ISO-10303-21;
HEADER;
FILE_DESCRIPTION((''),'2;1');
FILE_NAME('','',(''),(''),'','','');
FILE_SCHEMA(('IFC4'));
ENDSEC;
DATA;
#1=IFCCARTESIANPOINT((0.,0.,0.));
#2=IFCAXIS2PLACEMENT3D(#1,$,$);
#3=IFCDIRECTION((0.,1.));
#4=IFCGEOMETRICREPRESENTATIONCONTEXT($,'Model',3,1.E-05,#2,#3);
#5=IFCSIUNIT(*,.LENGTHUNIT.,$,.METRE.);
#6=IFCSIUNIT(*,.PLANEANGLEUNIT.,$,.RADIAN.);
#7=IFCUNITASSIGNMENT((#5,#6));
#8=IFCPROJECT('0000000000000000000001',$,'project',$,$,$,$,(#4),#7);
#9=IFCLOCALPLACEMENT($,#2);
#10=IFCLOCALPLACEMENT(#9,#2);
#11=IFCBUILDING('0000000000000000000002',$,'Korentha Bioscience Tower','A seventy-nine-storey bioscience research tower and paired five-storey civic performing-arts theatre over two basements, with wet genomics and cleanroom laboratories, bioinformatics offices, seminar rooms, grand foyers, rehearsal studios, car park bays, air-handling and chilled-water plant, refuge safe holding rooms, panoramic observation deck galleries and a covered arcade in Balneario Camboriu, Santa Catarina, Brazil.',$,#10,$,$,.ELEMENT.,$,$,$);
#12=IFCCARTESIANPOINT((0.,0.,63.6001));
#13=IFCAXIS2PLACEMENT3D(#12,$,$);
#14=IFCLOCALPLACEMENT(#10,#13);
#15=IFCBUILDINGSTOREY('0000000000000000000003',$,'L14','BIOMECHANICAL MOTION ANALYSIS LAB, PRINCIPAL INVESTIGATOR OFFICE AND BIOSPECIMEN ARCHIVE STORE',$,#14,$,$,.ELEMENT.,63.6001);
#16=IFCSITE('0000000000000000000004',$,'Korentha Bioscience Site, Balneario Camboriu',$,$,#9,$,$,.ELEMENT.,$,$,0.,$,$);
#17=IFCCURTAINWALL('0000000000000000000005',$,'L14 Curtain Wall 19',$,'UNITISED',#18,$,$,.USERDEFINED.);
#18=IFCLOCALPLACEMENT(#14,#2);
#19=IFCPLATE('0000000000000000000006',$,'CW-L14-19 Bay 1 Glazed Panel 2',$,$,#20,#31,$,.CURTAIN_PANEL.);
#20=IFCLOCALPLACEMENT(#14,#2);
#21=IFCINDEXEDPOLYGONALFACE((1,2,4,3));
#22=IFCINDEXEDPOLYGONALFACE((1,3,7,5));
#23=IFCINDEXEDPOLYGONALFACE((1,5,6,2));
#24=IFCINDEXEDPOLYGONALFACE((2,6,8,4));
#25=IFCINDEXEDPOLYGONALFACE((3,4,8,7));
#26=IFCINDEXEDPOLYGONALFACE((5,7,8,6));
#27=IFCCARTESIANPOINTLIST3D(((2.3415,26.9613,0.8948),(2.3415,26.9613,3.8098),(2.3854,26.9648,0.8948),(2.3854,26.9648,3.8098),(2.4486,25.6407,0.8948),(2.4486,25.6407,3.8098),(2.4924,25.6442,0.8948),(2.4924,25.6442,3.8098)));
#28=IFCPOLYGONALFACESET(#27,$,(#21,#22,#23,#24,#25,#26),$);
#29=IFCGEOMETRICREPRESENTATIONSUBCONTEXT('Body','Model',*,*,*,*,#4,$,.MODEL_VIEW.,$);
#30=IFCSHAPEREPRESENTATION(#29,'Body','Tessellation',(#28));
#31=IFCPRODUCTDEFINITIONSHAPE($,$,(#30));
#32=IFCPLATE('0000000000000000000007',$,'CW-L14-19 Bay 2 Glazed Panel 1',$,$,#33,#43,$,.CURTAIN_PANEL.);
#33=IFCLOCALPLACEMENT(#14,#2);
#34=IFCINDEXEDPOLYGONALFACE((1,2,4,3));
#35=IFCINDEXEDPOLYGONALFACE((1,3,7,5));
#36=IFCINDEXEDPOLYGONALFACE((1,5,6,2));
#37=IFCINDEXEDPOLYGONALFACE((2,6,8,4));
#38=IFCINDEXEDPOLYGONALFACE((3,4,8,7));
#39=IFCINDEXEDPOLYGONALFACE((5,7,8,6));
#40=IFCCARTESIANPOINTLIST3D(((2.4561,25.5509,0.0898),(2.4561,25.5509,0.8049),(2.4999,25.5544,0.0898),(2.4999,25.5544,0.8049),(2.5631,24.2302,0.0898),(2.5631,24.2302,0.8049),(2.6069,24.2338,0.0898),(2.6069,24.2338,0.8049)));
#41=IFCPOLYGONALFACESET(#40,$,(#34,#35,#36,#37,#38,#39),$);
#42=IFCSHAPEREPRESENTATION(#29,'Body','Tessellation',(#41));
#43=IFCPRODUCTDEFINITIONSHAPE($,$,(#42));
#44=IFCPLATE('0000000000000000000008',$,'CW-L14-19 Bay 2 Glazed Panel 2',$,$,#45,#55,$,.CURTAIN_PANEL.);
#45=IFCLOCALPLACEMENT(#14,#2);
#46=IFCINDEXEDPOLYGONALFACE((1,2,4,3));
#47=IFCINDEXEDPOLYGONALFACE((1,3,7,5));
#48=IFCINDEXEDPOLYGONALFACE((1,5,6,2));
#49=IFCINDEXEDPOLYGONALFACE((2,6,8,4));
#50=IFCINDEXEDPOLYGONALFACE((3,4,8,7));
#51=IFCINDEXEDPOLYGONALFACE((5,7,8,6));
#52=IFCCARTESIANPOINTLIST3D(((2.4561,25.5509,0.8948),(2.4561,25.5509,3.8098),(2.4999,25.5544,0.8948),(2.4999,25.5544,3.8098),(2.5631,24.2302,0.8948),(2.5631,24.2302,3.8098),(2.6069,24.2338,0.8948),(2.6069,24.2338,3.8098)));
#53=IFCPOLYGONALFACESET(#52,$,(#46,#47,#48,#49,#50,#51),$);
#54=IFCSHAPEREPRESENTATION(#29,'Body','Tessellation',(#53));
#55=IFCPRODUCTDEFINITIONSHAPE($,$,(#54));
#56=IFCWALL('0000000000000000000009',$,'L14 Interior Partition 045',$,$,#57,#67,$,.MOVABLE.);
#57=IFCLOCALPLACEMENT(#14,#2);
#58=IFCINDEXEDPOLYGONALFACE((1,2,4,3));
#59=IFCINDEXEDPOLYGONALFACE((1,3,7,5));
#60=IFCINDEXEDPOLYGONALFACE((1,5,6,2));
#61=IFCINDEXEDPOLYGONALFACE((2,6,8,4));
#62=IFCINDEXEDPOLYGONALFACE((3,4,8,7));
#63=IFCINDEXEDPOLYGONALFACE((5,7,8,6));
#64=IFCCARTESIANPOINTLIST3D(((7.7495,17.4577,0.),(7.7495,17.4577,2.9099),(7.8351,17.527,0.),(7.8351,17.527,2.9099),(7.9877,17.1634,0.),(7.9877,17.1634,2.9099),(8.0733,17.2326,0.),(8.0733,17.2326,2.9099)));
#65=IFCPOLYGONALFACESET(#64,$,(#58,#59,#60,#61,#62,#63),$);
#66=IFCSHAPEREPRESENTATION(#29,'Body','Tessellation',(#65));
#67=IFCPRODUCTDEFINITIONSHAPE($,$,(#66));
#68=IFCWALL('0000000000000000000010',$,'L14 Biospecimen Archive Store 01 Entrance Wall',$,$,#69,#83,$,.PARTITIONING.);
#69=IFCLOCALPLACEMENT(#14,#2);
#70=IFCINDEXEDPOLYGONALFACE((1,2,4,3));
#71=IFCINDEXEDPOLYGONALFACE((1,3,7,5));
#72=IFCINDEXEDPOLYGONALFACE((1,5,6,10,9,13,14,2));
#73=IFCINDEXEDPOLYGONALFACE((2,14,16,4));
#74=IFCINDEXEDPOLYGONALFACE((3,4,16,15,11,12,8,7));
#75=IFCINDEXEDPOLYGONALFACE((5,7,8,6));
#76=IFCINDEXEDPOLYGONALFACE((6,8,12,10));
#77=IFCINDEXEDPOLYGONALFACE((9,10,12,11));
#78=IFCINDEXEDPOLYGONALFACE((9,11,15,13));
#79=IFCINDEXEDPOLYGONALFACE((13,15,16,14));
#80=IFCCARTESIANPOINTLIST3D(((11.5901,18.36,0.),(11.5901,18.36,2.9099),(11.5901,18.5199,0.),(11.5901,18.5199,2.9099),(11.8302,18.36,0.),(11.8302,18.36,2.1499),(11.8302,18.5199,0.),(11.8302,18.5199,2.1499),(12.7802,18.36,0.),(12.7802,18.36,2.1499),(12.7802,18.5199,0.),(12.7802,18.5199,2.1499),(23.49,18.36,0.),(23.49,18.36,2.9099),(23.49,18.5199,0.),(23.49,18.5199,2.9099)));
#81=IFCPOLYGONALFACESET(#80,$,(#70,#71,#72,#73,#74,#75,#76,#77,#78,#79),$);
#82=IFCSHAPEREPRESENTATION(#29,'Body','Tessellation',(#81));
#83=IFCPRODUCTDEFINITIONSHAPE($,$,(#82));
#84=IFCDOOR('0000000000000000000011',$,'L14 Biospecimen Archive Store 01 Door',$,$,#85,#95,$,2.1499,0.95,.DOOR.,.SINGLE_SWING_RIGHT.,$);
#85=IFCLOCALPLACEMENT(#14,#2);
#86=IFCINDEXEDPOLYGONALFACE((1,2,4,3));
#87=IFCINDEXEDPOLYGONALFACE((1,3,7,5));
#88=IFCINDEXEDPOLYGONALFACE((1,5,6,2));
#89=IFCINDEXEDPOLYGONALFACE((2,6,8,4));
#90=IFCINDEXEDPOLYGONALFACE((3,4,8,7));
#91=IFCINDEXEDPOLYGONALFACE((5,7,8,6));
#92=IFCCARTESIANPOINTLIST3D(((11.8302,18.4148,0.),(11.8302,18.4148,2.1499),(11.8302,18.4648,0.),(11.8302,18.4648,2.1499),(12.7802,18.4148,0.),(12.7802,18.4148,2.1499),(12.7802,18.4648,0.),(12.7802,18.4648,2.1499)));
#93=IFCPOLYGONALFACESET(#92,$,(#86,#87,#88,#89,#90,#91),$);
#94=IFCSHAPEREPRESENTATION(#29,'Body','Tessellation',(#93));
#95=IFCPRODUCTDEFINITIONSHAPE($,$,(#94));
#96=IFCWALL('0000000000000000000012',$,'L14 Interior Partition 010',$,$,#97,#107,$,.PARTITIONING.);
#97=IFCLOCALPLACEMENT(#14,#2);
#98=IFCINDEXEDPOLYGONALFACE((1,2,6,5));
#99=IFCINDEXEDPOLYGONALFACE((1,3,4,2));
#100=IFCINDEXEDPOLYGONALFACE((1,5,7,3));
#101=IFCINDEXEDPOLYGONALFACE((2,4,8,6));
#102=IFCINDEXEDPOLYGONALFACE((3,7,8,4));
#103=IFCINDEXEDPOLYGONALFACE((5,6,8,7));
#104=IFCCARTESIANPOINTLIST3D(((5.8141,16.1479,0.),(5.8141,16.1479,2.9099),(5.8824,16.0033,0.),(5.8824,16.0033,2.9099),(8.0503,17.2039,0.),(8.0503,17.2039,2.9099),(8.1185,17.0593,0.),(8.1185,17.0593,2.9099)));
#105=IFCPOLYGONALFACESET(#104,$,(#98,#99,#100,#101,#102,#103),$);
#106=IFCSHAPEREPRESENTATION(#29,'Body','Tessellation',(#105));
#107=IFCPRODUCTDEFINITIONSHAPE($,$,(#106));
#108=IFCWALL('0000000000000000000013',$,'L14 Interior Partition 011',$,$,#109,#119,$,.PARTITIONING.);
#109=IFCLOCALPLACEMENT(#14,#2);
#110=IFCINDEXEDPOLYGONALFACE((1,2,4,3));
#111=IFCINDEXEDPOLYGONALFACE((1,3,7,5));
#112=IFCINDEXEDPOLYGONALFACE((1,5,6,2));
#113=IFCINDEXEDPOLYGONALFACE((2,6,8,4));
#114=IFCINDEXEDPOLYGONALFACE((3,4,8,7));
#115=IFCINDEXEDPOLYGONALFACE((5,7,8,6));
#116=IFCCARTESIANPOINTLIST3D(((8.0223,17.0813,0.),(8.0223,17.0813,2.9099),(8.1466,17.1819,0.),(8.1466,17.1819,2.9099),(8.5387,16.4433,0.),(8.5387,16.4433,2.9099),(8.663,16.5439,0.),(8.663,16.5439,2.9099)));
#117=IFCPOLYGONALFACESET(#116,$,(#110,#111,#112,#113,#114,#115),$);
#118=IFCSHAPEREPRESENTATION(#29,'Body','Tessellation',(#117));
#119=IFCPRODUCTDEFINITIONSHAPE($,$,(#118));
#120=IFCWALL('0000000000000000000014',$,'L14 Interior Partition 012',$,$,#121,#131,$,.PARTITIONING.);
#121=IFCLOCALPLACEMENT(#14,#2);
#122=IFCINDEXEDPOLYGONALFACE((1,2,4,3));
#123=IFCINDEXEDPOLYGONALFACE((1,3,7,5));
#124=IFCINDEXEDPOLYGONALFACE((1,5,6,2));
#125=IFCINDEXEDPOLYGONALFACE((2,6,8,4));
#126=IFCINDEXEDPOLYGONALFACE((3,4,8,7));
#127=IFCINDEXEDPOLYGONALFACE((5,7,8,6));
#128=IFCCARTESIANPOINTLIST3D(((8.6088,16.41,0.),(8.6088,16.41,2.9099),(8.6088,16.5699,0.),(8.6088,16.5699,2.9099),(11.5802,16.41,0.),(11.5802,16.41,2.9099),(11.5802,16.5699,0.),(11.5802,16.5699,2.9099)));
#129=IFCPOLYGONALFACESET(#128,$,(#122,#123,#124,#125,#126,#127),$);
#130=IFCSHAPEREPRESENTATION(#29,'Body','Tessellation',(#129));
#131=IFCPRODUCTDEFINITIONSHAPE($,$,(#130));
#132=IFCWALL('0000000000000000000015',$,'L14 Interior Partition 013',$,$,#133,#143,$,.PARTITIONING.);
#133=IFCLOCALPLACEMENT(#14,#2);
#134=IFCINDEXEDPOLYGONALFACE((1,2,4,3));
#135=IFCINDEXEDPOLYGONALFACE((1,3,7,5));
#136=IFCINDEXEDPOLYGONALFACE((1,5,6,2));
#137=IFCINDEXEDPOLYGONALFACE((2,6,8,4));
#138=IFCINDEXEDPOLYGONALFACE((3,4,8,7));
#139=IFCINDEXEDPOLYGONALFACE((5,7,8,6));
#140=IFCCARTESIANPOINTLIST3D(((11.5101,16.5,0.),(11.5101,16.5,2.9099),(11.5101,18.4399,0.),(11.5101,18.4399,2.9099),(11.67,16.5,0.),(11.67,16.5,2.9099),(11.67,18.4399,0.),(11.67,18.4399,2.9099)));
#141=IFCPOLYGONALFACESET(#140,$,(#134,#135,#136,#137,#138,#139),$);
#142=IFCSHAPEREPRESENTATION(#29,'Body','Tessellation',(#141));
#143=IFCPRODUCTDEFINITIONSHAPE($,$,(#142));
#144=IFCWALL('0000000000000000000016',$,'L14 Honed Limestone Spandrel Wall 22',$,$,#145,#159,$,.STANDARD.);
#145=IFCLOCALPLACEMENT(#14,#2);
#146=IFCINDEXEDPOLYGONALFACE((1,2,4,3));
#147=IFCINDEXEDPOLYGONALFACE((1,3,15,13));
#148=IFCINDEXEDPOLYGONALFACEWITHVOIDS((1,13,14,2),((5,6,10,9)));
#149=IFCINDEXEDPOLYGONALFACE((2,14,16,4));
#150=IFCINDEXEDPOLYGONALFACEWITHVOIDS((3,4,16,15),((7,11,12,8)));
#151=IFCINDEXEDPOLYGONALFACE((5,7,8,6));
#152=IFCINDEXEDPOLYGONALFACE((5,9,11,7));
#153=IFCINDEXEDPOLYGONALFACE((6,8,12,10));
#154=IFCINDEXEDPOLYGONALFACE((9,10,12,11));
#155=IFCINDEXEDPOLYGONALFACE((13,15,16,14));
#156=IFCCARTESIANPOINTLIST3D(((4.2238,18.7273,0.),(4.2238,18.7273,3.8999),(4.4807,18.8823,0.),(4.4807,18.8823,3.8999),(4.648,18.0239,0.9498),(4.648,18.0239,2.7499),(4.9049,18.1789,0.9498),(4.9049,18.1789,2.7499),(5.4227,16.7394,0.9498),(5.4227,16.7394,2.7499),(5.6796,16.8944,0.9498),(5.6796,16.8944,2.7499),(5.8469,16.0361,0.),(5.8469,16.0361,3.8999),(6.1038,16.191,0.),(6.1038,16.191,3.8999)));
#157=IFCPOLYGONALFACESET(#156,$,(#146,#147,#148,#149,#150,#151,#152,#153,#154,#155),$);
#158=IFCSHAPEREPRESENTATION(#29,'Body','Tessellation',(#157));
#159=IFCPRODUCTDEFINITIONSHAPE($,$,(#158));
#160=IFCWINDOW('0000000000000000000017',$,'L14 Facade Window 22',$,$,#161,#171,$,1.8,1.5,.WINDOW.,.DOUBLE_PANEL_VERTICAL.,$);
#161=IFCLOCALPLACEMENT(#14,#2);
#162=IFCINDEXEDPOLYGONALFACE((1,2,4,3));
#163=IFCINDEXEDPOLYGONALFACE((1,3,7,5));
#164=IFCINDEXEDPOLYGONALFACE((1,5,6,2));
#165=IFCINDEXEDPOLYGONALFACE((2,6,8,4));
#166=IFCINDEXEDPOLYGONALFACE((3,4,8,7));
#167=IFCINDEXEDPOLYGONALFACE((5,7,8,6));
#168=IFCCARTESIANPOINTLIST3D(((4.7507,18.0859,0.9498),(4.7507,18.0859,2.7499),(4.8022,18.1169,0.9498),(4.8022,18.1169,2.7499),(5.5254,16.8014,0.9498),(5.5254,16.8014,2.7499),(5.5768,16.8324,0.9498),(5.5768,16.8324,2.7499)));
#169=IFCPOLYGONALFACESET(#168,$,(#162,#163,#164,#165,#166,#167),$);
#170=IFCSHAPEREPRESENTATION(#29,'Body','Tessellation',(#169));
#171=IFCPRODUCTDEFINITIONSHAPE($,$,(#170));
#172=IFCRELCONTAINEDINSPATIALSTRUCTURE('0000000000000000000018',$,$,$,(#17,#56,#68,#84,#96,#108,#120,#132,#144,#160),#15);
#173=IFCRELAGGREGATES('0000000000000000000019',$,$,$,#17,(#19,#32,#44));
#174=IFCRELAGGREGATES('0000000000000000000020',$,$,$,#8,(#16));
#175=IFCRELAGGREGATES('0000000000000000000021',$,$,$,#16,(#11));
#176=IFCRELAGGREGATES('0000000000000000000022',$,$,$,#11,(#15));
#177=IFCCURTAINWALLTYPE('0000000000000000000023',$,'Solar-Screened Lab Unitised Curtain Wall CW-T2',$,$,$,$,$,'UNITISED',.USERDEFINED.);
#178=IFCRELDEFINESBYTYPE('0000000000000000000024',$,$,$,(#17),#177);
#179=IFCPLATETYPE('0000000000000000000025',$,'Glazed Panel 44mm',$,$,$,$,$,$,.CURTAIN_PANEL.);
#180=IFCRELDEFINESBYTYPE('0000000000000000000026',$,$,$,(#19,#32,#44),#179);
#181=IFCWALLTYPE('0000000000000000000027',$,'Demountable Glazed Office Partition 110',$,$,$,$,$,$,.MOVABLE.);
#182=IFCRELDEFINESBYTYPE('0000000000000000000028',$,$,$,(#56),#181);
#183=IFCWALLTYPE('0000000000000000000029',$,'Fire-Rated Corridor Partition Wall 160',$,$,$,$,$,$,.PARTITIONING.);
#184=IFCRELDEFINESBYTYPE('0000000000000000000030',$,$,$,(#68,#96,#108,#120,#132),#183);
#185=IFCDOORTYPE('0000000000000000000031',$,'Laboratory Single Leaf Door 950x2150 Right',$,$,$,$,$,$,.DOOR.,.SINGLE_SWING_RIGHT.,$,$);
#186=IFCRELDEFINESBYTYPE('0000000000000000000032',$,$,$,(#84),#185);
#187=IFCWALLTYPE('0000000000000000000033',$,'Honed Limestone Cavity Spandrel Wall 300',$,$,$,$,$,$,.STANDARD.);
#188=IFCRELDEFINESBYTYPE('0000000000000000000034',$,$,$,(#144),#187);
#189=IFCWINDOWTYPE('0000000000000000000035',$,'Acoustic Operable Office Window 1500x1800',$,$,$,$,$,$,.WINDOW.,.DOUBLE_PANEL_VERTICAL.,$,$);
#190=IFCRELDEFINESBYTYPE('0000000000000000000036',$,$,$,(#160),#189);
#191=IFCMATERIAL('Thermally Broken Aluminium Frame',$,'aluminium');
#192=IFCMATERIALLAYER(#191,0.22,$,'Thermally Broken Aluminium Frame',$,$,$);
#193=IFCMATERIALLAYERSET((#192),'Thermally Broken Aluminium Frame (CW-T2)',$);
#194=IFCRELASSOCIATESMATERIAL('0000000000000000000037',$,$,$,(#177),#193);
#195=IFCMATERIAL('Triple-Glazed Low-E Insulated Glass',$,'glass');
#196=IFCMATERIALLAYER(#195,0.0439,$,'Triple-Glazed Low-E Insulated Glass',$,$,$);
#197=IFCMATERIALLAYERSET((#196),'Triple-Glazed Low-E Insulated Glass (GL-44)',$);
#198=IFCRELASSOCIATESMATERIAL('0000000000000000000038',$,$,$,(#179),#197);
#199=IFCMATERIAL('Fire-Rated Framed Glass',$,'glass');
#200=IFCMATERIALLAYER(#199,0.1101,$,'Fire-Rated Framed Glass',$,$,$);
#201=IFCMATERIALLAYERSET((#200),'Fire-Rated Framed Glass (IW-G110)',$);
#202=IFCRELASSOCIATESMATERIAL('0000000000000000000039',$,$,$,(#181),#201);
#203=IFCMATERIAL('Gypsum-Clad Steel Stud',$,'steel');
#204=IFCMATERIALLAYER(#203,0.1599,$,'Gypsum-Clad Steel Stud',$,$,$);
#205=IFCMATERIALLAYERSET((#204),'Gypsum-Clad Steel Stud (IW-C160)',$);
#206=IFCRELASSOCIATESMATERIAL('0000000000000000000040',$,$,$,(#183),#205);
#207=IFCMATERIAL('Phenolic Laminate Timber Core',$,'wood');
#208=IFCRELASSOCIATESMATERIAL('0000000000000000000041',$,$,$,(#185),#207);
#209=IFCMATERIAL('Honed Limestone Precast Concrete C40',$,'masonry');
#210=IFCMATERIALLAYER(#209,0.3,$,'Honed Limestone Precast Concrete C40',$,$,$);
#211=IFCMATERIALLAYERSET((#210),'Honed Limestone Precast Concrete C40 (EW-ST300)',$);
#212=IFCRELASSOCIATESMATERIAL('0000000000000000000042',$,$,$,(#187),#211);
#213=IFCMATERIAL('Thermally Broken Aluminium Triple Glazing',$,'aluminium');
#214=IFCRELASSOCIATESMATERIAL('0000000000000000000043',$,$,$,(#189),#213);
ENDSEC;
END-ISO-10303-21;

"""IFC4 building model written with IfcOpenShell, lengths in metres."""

from ifc_helpers import new_model, si_unit, direction, frame, frame_2d, origin, origin_2d, place, context, subcontext, project, spatial, rectangle, extrude, material, layer, layer_set, type_object, element, fill, aggregate, save


model = new_model("IFC4")

# Units and contexts
model_context = context("Model", 3, precision=1e-05, world=origin(), true_north=direction((0.0, 1.0)))
body_context = subcontext(model_context, "Body", "Model", "MODEL_VIEW")
ifc_project = project(units=[si_unit("LENGTHUNIT", "METRE"), si_unit("PLANEANGLEUNIT", "RADIAN")], contexts=[model_context])

# Site, building, storey
site_placement = place(None, origin())
site = spatial("IfcSite", under=ifc_project, at=site_placement, Name="Korentha Bioscience Site, Balneario Camboriu", CompositionType="ELEMENT", RefElevation=0.0)
building_placement = place(site_placement, origin())
building = spatial("IfcBuilding", under=site, at=building_placement, Name="Korentha Bioscience Tower", Description="A seventy-nine-storey bioscience research tower and paired five-storey civic performing-arts theatre over two basements, with wet genomics and cleanroom laboratories, bioinformatics offices, seminar rooms, grand foyers, rehearsal studios, car park bays, air-handling and chilled-water plant, refuge safe holding rooms, panoramic observation deck galleries and a covered arcade in Balneario Camboriu, Santa Catarina, Brazil.", CompositionType="ELEMENT")
storey_placement = place(building_placement, frame((0.0, 0.0, 63.6001)))
storey = spatial("IfcBuildingStorey", under=building, at=storey_placement, Name="L14", Description="BIOMECHANICAL MOTION ANALYSIS LAB, PRINCIPAL INVESTIGATOR OFFICE AND BIOSPECIMEN ARCHIVE STORE", CompositionType="ELEMENT", Elevation=63.6001)

# Curtain wall
ifc_material_1 = material(Name="Thermally Broken Aluminium Frame", Category="aluminium")
ifc_layer_1 = layer(ifc_material_1, 0.22, Name="Thermally Broken Aluminium Frame")
ifc_layer_set_1 = layer_set([ifc_layer_1], Name="Thermally Broken Aluminium Frame (CW-T2)")
curtain_wall_type = type_object("IfcCurtainWallType", Name="Solar-Screened Lab Unitised Curtain Wall CW-T2", ElementType="UNITISED", PredefinedType="USERDEFINED", material=ifc_layer_set_1)
curtain_wall_placement = place(storey_placement, origin())
curtain_wall = element("IfcCurtainWall", 1, at=curtain_wall_placement, inside=storey, type_object=curtain_wall_type, Name="L14 Curtain Wall 19", ObjectType="UNITISED", PredefinedType="USERDEFINED")

# Plates
ifc_material_2 = material(Name="Triple-Glazed Low-E Insulated Glass", Category="glass")
ifc_layer_2 = layer(ifc_material_2, 0.0439, Name="Triple-Glazed Low-E Insulated Glass")
ifc_layer_set_2 = layer_set([ifc_layer_2], Name="Triple-Glazed Low-E Insulated Glass (GL-44)")
plate_type = type_object("IfcPlateType", Name="Glazed Panel 44mm", PredefinedType="CURTAIN_PANEL", material=ifc_layer_set_2)
plate_1_placement = place(storey_placement, frame((2.417, 26.3027, 0.8948), z_axis=(0.0, 0.0, 1.0), x_axis=(0.08082, -0.996729, 0.0)))
plate_1 = element("IfcPlate", 2, at=plate_1_placement, type_object=plate_type, Name="CW-L14-19 Bay 1 Glazed Panel 2", PredefinedType="CURTAIN_PANEL", context=body_context, shape_type="SweptSolid", body=[
    extrude(rectangle(XDim=1.325, YDim=0.0439, at=origin_2d()), origin(), (0.0, 0.0, 1.0), 2.915),
])
plate_2_placement = place(storey_placement, frame((2.5315, 24.8923, 0.0898), z_axis=(0.0, 0.0, 1.0), x_axis=(0.08082, -0.996729, 0.0)))
plate_2 = element("IfcPlate", 3, at=plate_2_placement, type_object=plate_type, Name="CW-L14-19 Bay 2 Glazed Panel 1", PredefinedType="CURTAIN_PANEL", context=body_context, shape_type="SweptSolid", body=[
    extrude(rectangle(XDim=1.325, YDim=0.0439, at=origin_2d()), origin(), (0.0, 0.0, 1.0), 0.7151),
])
plate_3_placement = place(storey_placement, frame((2.5315, 24.8923, 0.8948), z_axis=(0.0, 0.0, 1.0), x_axis=(0.08082, -0.996729, 0.0)))
plate_3 = element("IfcPlate", 4, at=plate_3_placement, type_object=plate_type, Name="CW-L14-19 Bay 2 Glazed Panel 2", PredefinedType="CURTAIN_PANEL", context=body_context, shape_type="SweptSolid", body=[
    extrude(rectangle(XDim=1.325, YDim=0.0439, at=origin_2d()), origin(), (0.0, 0.0, 1.0), 2.915),
])
aggregate(curtain_wall, [plate_1, plate_2, plate_3])

# Wall
ifc_material_3 = material(Name="Fire-Rated Framed Glass", Category="glass")
ifc_layer_3 = layer(ifc_material_3, 0.1101, Name="Fire-Rated Framed Glass")
ifc_layer_set_3 = layer_set([ifc_layer_3], Name="Fire-Rated Framed Glass (IW-G110)")
wall_type_1 = type_object("IfcWallType", Name="Demountable Glazed Office Partition 110", PredefinedType="MOVABLE", material=ifc_layer_set_3)
wall_1_placement = place(storey_placement, frame((7.7922, 17.4924, 0.0), z_axis=(0.0, 0.0, 1.0), x_axis=(0.629087, -0.777335, 0.0)))
element("IfcWall", 5, at=wall_1_placement, inside=storey, type_object=wall_type_1, Name="L14 Interior Partition 045", PredefinedType="MOVABLE", context=body_context, shape_type="SweptSolid", body=[
    extrude(rectangle(XDim=0.3787, YDim=0.1101, at=frame_2d((0.1895, 0.0))), origin(), (0.0, 0.0, 1.0), 2.9099),
])

# Wall, opening, door
ifc_material_4 = material(Name="Gypsum-Clad Steel Stud", Category="steel")
ifc_layer_4 = layer(ifc_material_4, 0.1599, Name="Gypsum-Clad Steel Stud")
ifc_layer_set_4 = layer_set([ifc_layer_4], Name="Gypsum-Clad Steel Stud (IW-C160)")
wall_type_2 = type_object("IfcWallType", Name="Fire-Rated Corridor Partition Wall 160", PredefinedType="PARTITIONING", material=ifc_layer_set_4)
wall_2_placement = place(storey_placement, frame((11.5901, 18.4399, 0.0), z_axis=(0.0, 0.0, 1.0), x_axis=(1.0, 0.0, 0.0)))
wall_2 = element("IfcWall", 6, at=wall_2_placement, inside=storey, type_object=wall_type_2, Name="L14 Biospecimen Archive Store 01 Entrance Wall", PredefinedType="PARTITIONING", context=body_context, shape_type="SweptSolid", body=[
    extrude(rectangle(XDim=11.8999, YDim=0.1599, at=frame_2d((5.95, 0.0))), origin(), (0.0, 0.0, 1.0), 2.9099),
])
opening_1_placement = place(wall_2_placement, frame((0.24, 0.0, 0.0)))
opening_1 = element("IfcOpeningElement", 7, at=opening_1_placement, cuts=wall_2, PredefinedType="OPENING", context=body_context, shape_type="SweptSolid", body=[
    extrude(rectangle(XDim=0.95, YDim=2.1499, at=frame_2d((0.4751, 1.075))), frame((0.0, 0.0947, 0.0), z_axis=(0.0, -1.0, 0.0), x_axis=(1.0, 0.0, 0.0)), (0.0, 0.0, 1.0), 0.1897),
])
ifc_material_5 = material(Name="Phenolic Laminate Timber Core", Category="wood")
door_type_1 = type_object("IfcDoorType", Name="Laboratory Single Leaf Door 950x2150 Right", OperationType="SINGLE_SWING_RIGHT", PredefinedType="DOOR", material=ifc_material_5)
door_1_placement = place(opening_1_placement, origin())
door_1 = element("IfcDoor", 8, at=door_1_placement, inside=storey, type_object=door_type_1, Name="L14 Biospecimen Archive Store 01 Door", OperationType="SINGLE_SWING_RIGHT", OverallHeight=2.1499, OverallWidth=0.95, PredefinedType="DOOR", context=body_context, shape_type="SweptSolid", body=[
    extrude(rectangle(XDim=0.95, YDim=2.1499, at=frame_2d((0.4751, 1.075))), frame((0.0, 0.0249, 0.0), z_axis=(0.0, -1.0, 0.0), x_axis=(1.0, 0.0, 0.0)), (0.0, 0.0, 1.0), 0.05),
])
fill(opening_1, door_1)

# Walls
wall_3_placement = place(storey_placement, frame((5.8484, 16.0757, 0.0), z_axis=(0.0, 0.0, 1.0), x_axis=(0.904252, 0.427, 0.0)))
element("IfcWall", 9, at=wall_3_placement, inside=storey, type_object=wall_type_2, Name="L14 Interior Partition 010", PredefinedType="PARTITIONING", context=body_context, shape_type="SweptSolid", body=[
    extrude(rectangle(XDim=2.4729, YDim=0.1599, at=frame_2d((1.2363, 0.0))), origin(), (0.0, 0.0, 1.0), 2.9099),
])
wall_4_placement = place(storey_placement, frame((8.0845, 17.1316, 0.0), z_axis=(0.0, 0.0, 1.0), x_axis=(0.629147, -0.777286, 0.0)))
element("IfcWall", 10, at=wall_4_placement, inside=storey, type_object=wall_type_2, Name="L14 Interior Partition 011", PredefinedType="PARTITIONING", context=body_context, shape_type="SweptSolid", body=[
    extrude(rectangle(XDim=0.8208, YDim=0.1599, at=frame_2d((0.4104, 0.0))), origin(), (0.0, 0.0, 1.0), 2.9099),
])
wall_5_placement = place(storey_placement, frame((8.6086, 16.49, 0.0), z_axis=(0.0, 0.0, 1.0), x_axis=(1.0, 0.0, 0.0)))
element("IfcWall", 11, at=wall_5_placement, inside=storey, type_object=wall_type_2, Name="L14 Interior Partition 012", PredefinedType="PARTITIONING", context=body_context, shape_type="SweptSolid", body=[
    extrude(rectangle(XDim=2.9714, YDim=0.1599, at=frame_2d((1.4858, 0.0))), origin(), (0.0, 0.0, 1.0), 2.9099),
])
wall_6_placement = place(storey_placement, frame((11.5901, 16.5, 0.0), z_axis=(0.0, 0.0, 1.0), x_axis=(0.0, 1.0, 0.0)))
element("IfcWall", 12, at=wall_6_placement, inside=storey, type_object=wall_type_2, Name="L14 Interior Partition 013", PredefinedType="PARTITIONING", context=body_context, shape_type="SweptSolid", body=[
    extrude(rectangle(XDim=1.9399, YDim=0.1599, at=frame_2d((0.97, 0.0))), origin(), (0.0, 0.0, 1.0), 2.9099),
])

# Wall, opening, window
ifc_material_6 = material(Name="Honed Limestone Precast Concrete C40", Category="masonry")
ifc_layer_5 = layer(ifc_material_6, 0.3, Name="Honed Limestone Precast Concrete C40")
ifc_layer_set_5 = layer_set([ifc_layer_5], Name="Honed Limestone Precast Concrete C40 (EW-ST300)")
wall_type_3 = type_object("IfcWallType", Name="Honed Limestone Cavity Spandrel Wall 300", PredefinedType="STANDARD", material=ifc_layer_set_5)
wall_7_placement = place(storey_placement, frame((4.3523, 18.8047, 0.0), z_axis=(0.0, 0.0, 1.0), x_axis=(0.516448, -0.856319, 0.0)))
wall_7 = element("IfcWall", 13, at=wall_7_placement, inside=storey, type_object=wall_type_3, Name="L14 Honed Limestone Spandrel Wall 22", PredefinedType="STANDARD", context=body_context, shape_type="SweptSolid", body=[
    extrude(rectangle(XDim=3.1428, YDim=0.3, at=frame_2d((1.5713, 0.0))), origin(), (0.0, 0.0, 1.0), 3.8999),
])
opening_2_placement = place(wall_7_placement, frame((0.8213, 0.0, 0.95)))
opening_2 = element("IfcOpeningElement", 14, at=opening_2_placement, cuts=wall_7, PredefinedType="OPENING", context=body_context, shape_type="SweptSolid", body=[
    extrude(rectangle(XDim=1.5, YDim=1.8, at=frame_2d((0.75, 0.8999))), frame((0.0, 0.165, 0.0), z_axis=(0.0, -1.0, 0.0), x_axis=(1.0, 0.0, 0.0)), (0.0, 0.0, 1.0), 0.3298),
])
ifc_material_7 = material(Name="Thermally Broken Aluminium Triple Glazing", Category="aluminium")
window_type = type_object("IfcWindowType", Name="Acoustic Operable Office Window 1500x1800", PartitioningType="DOUBLE_PANEL_VERTICAL", PredefinedType="WINDOW", material=ifc_material_7)
window_placement = place(opening_2_placement, origin())
window = element("IfcWindow", 15, at=window_placement, inside=storey, type_object=window_type, Name="L14 Facade Window 22", OverallHeight=1.8, OverallWidth=1.5, PartitioningType="DOUBLE_PANEL_VERTICAL", PredefinedType="WINDOW", context=body_context, shape_type="SweptSolid", body=[
    extrude(rectangle(XDim=1.5, YDim=1.8, at=frame_2d((0.75, 0.8999))), frame((0.0, 0.03, 0.0), z_axis=(0.0, -1.0, 0.0), x_axis=(1.0, 0.0, 0.0)), (0.0, 0.0, 1.0), 0.0601),
])
fill(opening_2, window)

save(model, "model.ifc")
